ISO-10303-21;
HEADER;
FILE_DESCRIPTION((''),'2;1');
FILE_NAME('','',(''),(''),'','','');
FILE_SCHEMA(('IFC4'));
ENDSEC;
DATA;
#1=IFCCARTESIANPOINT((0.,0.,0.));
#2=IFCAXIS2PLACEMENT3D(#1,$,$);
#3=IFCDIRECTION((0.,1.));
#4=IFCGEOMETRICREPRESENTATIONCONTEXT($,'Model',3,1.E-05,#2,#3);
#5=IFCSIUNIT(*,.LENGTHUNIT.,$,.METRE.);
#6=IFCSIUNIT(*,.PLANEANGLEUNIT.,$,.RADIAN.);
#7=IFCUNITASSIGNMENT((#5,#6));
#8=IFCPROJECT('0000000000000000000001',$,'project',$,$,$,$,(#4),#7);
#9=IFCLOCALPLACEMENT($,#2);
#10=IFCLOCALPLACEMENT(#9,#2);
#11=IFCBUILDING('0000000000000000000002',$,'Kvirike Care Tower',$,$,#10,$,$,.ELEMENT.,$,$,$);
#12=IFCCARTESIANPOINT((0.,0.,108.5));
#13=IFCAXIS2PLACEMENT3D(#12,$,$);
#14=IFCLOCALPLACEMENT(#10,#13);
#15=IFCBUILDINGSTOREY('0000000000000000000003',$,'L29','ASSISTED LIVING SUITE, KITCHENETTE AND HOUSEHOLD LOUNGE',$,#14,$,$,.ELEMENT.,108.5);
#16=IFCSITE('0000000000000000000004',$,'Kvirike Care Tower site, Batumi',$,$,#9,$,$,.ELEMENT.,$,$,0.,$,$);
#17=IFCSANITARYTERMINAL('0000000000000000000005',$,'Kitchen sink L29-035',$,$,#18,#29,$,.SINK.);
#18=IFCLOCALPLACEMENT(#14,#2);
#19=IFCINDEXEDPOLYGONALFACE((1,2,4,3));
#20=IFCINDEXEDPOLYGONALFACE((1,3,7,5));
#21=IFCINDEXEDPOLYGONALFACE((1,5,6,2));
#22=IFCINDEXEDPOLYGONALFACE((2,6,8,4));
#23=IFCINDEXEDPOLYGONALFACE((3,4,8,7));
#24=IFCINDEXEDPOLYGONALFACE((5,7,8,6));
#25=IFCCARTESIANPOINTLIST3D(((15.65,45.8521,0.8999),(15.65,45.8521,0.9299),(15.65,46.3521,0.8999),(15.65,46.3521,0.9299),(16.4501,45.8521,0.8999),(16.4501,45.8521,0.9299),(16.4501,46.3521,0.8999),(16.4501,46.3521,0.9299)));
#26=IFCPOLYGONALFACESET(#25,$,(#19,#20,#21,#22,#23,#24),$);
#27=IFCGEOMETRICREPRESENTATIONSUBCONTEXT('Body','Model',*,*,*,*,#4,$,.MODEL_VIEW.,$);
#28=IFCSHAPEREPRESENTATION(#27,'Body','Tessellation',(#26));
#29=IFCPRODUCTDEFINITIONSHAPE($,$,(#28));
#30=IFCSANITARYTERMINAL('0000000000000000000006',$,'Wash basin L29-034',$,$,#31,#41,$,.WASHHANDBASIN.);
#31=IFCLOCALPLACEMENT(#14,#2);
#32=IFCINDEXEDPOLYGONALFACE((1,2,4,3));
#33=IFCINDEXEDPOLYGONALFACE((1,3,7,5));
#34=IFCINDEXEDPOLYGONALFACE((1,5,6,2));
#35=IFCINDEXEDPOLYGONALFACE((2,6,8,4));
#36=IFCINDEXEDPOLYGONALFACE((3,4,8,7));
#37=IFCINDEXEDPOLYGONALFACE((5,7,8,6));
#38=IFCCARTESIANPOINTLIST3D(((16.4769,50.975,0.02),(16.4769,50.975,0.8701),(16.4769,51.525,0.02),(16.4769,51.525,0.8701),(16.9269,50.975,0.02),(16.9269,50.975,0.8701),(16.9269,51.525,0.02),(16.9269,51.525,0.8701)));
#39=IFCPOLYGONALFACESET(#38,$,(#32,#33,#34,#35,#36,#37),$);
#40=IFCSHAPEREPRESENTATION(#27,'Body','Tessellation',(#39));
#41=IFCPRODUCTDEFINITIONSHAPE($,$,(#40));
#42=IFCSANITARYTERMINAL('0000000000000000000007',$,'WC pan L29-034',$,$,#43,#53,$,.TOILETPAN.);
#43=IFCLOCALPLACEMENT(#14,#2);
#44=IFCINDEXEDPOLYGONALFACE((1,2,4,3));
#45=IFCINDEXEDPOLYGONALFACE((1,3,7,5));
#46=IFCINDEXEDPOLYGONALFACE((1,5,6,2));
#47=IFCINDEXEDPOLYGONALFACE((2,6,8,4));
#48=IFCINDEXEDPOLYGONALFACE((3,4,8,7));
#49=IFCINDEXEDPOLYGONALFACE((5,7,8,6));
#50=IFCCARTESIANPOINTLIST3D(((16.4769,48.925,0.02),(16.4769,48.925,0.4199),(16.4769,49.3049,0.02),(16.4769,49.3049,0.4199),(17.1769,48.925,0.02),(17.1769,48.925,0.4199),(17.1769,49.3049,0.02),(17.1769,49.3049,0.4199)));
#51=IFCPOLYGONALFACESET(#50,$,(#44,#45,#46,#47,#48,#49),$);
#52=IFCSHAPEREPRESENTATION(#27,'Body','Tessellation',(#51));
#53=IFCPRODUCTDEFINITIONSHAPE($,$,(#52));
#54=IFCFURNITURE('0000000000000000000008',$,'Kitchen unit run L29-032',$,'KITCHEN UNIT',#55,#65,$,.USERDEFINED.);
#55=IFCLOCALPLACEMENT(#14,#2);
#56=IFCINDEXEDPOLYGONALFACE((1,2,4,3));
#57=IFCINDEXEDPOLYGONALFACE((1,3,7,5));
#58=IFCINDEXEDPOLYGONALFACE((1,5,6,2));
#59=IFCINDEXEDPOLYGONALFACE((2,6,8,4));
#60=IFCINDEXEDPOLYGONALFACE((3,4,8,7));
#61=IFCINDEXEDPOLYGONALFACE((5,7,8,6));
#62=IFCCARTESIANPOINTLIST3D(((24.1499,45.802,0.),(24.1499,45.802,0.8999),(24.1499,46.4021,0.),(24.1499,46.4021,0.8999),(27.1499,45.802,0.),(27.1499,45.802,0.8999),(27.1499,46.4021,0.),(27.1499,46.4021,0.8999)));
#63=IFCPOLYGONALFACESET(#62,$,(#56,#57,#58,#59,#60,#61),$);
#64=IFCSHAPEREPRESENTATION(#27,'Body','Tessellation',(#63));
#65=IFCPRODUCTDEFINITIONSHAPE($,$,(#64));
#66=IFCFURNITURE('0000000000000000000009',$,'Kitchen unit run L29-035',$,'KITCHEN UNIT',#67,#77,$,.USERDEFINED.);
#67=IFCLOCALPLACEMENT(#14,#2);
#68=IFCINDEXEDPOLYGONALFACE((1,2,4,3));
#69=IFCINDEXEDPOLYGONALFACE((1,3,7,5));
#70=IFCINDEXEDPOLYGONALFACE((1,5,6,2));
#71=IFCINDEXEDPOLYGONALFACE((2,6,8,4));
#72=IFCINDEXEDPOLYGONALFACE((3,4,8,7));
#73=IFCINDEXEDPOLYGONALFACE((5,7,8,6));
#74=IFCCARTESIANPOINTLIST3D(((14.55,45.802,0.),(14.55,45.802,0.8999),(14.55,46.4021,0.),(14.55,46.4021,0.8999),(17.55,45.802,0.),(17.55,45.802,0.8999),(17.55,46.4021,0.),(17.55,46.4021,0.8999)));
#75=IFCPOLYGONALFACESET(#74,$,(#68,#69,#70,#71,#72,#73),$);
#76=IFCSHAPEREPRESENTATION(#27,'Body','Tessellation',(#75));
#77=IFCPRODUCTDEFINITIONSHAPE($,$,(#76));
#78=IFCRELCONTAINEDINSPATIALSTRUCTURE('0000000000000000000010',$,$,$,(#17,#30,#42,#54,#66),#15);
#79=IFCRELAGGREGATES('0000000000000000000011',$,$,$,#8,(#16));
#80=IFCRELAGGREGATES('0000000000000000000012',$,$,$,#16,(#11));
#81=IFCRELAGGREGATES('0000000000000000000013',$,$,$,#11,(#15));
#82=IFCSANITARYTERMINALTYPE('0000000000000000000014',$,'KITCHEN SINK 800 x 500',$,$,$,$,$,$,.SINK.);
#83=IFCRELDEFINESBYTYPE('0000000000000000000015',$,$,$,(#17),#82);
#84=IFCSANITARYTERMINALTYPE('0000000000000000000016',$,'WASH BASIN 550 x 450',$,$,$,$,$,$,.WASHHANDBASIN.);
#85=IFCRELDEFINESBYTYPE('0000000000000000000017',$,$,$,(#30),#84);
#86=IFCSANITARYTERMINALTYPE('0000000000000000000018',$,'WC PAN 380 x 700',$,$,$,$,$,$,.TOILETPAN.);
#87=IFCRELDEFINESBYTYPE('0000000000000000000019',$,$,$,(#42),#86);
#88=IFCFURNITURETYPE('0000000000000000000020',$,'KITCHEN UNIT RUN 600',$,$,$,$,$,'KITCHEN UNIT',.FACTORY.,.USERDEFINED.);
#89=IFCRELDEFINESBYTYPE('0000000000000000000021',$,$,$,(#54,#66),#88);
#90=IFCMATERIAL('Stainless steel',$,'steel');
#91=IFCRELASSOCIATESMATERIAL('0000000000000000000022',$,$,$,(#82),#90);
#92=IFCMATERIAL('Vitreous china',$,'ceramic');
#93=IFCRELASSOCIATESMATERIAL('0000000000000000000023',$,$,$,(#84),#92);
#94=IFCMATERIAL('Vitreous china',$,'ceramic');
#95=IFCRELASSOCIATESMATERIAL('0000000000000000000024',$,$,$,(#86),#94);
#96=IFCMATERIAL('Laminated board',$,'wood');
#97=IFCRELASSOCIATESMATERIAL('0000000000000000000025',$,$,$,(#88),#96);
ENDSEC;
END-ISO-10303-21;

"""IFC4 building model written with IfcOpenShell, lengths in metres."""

from ifc_helpers import new_model, si_unit, direction, frame, origin, origin_2d, place, context, subcontext, project, spatial, rectangle, extrude, material, type_object, element, save


model = new_model("IFC4")

# Units and contexts
model_context = context("Model", 3, precision=1e-05, world=origin(), true_north=direction((0.0, 1.0)))
body_context = subcontext(model_context, "Body", "Model", "MODEL_VIEW")
ifc_project = project(units=[si_unit("LENGTHUNIT", "METRE"), si_unit("PLANEANGLEUNIT", "RADIAN")], contexts=[model_context])

# Site, building, storey
site_placement = place(None, origin())
site = spatial("IfcSite", under=ifc_project, at=site_placement, Name="Kvirike Care Tower site, Batumi", CompositionType="ELEMENT", RefElevation=0.0)
building_placement = place(site_placement, origin())
building = spatial("IfcBuilding", under=site, at=building_placement, Name="Kvirike Care Tower", CompositionType="ELEMENT")
storey_placement = place(building_placement, frame((0.0, 0.0, 108.5)))
storey = spatial("IfcBuildingStorey", under=building, at=storey_placement, Name="L29", Description="ASSISTED LIVING SUITE, KITCHENETTE AND HOUSEHOLD LOUNGE", CompositionType="ELEMENT", Elevation=108.5)

# Sanitary terminals
ifc_material_1 = material(Name="Stainless steel", Category="steel")
sanitary_terminal_type_1 = type_object("IfcSanitaryTerminalType", Name="KITCHEN SINK 800 x 500", PredefinedType="SINK", material=ifc_material_1)
for number, where, z_axis, x_axis, name in (
    (1, (16.05, 46.1021, 0.8999), (0.0, 0.0, 1.0), (-1.0, 0.0, 0.0), "Kitchen sink L29-035"),
):
    element("IfcSanitaryTerminal", number, at=place(storey_placement, frame(where, z_axis=z_axis, x_axis=x_axis)), inside=storey, type_object=sanitary_terminal_type_1, Name=name, PredefinedType="SINK", context=body_context, shape_type="SweptSolid", body=[
        extrude(rectangle(XDim=0.8, YDim=0.5, at=origin_2d()), origin(), (0.0, 0.0, 1.0), 0.03),
    ])
ifc_material_2 = material(Name="Vitreous china", Category="ceramic")
sanitary_terminal_type_2 = type_object("IfcSanitaryTerminalType", Name="WASH BASIN 550 x 450", PredefinedType="WASHHANDBASIN", material=ifc_material_2)
sanitary_terminal_1_placement = place(storey_placement, frame((16.7019, 51.25, 0.02), z_axis=(0.0, 0.0, 1.0), x_axis=(0.0, 1.0, 0.0)))
element("IfcSanitaryTerminal", 2, at=sanitary_terminal_1_placement, inside=storey, type_object=sanitary_terminal_type_2, Name="Wash basin L29-034", PredefinedType="WASHHANDBASIN", context=body_context, shape_type="SweptSolid", body=[
    extrude(rectangle(XDim=0.55, YDim=0.45, at=origin_2d()), origin(), (0.0, 0.0, 1.0), 0.8501),
])
ifc_material_3 = material(Name="Vitreous china", Category="ceramic")
sanitary_terminal_type_3 = type_object("IfcSanitaryTerminalType", Name="WC PAN 380 x 700", PredefinedType="TOILETPAN", material=ifc_material_3)
sanitary_terminal_2_placement = place(storey_placement, frame((16.8269, 49.115, 0.02), z_axis=(0.0, 0.0, 1.0), x_axis=(0.0, 1.0, 0.0)))
element("IfcSanitaryTerminal", 3, at=sanitary_terminal_2_placement, inside=storey, type_object=sanitary_terminal_type_3, Name="WC pan L29-034", PredefinedType="TOILETPAN", context=body_context, shape_type="SweptSolid", body=[
    extrude(rectangle(XDim=0.3799, YDim=0.7, at=origin_2d()), origin(), (0.0, 0.0, 1.0), 0.3999),
])

# Furniture
ifc_material_4 = material(Name="Laminated board", Category="wood")
furniture_type = type_object("IfcFurnitureType", Name="KITCHEN UNIT RUN 600", ElementType="KITCHEN UNIT", AssemblyPlace="FACTORY", PredefinedType="USERDEFINED", material=ifc_material_4)
for number, where, z_axis, x_axis, name in (
    (4, (25.6499, 46.1021, 0.0), (0.0, 0.0, 1.0), (-1.0, 0.0, 0.0), "Kitchen unit run L29-032"),
    (5, (16.05, 46.1021, 0.0), (0.0, 0.0, 1.0), (-1.0, 0.0, 0.0), "Kitchen unit run L29-035"),
):
    element("IfcFurniture", number, at=place(storey_placement, frame(where, z_axis=z_axis, x_axis=x_axis)), inside=storey, type_object=furniture_type, Name=name, ObjectType="KITCHEN UNIT", PredefinedType="USERDEFINED", context=body_context, shape_type="SweptSolid", body=[
        extrude(rectangle(XDim=3.0, YDim=0.6001, at=origin_2d()), origin(), (0.0, 0.0, 1.0), 0.8999),
    ])

save(model, "model.ifc")
